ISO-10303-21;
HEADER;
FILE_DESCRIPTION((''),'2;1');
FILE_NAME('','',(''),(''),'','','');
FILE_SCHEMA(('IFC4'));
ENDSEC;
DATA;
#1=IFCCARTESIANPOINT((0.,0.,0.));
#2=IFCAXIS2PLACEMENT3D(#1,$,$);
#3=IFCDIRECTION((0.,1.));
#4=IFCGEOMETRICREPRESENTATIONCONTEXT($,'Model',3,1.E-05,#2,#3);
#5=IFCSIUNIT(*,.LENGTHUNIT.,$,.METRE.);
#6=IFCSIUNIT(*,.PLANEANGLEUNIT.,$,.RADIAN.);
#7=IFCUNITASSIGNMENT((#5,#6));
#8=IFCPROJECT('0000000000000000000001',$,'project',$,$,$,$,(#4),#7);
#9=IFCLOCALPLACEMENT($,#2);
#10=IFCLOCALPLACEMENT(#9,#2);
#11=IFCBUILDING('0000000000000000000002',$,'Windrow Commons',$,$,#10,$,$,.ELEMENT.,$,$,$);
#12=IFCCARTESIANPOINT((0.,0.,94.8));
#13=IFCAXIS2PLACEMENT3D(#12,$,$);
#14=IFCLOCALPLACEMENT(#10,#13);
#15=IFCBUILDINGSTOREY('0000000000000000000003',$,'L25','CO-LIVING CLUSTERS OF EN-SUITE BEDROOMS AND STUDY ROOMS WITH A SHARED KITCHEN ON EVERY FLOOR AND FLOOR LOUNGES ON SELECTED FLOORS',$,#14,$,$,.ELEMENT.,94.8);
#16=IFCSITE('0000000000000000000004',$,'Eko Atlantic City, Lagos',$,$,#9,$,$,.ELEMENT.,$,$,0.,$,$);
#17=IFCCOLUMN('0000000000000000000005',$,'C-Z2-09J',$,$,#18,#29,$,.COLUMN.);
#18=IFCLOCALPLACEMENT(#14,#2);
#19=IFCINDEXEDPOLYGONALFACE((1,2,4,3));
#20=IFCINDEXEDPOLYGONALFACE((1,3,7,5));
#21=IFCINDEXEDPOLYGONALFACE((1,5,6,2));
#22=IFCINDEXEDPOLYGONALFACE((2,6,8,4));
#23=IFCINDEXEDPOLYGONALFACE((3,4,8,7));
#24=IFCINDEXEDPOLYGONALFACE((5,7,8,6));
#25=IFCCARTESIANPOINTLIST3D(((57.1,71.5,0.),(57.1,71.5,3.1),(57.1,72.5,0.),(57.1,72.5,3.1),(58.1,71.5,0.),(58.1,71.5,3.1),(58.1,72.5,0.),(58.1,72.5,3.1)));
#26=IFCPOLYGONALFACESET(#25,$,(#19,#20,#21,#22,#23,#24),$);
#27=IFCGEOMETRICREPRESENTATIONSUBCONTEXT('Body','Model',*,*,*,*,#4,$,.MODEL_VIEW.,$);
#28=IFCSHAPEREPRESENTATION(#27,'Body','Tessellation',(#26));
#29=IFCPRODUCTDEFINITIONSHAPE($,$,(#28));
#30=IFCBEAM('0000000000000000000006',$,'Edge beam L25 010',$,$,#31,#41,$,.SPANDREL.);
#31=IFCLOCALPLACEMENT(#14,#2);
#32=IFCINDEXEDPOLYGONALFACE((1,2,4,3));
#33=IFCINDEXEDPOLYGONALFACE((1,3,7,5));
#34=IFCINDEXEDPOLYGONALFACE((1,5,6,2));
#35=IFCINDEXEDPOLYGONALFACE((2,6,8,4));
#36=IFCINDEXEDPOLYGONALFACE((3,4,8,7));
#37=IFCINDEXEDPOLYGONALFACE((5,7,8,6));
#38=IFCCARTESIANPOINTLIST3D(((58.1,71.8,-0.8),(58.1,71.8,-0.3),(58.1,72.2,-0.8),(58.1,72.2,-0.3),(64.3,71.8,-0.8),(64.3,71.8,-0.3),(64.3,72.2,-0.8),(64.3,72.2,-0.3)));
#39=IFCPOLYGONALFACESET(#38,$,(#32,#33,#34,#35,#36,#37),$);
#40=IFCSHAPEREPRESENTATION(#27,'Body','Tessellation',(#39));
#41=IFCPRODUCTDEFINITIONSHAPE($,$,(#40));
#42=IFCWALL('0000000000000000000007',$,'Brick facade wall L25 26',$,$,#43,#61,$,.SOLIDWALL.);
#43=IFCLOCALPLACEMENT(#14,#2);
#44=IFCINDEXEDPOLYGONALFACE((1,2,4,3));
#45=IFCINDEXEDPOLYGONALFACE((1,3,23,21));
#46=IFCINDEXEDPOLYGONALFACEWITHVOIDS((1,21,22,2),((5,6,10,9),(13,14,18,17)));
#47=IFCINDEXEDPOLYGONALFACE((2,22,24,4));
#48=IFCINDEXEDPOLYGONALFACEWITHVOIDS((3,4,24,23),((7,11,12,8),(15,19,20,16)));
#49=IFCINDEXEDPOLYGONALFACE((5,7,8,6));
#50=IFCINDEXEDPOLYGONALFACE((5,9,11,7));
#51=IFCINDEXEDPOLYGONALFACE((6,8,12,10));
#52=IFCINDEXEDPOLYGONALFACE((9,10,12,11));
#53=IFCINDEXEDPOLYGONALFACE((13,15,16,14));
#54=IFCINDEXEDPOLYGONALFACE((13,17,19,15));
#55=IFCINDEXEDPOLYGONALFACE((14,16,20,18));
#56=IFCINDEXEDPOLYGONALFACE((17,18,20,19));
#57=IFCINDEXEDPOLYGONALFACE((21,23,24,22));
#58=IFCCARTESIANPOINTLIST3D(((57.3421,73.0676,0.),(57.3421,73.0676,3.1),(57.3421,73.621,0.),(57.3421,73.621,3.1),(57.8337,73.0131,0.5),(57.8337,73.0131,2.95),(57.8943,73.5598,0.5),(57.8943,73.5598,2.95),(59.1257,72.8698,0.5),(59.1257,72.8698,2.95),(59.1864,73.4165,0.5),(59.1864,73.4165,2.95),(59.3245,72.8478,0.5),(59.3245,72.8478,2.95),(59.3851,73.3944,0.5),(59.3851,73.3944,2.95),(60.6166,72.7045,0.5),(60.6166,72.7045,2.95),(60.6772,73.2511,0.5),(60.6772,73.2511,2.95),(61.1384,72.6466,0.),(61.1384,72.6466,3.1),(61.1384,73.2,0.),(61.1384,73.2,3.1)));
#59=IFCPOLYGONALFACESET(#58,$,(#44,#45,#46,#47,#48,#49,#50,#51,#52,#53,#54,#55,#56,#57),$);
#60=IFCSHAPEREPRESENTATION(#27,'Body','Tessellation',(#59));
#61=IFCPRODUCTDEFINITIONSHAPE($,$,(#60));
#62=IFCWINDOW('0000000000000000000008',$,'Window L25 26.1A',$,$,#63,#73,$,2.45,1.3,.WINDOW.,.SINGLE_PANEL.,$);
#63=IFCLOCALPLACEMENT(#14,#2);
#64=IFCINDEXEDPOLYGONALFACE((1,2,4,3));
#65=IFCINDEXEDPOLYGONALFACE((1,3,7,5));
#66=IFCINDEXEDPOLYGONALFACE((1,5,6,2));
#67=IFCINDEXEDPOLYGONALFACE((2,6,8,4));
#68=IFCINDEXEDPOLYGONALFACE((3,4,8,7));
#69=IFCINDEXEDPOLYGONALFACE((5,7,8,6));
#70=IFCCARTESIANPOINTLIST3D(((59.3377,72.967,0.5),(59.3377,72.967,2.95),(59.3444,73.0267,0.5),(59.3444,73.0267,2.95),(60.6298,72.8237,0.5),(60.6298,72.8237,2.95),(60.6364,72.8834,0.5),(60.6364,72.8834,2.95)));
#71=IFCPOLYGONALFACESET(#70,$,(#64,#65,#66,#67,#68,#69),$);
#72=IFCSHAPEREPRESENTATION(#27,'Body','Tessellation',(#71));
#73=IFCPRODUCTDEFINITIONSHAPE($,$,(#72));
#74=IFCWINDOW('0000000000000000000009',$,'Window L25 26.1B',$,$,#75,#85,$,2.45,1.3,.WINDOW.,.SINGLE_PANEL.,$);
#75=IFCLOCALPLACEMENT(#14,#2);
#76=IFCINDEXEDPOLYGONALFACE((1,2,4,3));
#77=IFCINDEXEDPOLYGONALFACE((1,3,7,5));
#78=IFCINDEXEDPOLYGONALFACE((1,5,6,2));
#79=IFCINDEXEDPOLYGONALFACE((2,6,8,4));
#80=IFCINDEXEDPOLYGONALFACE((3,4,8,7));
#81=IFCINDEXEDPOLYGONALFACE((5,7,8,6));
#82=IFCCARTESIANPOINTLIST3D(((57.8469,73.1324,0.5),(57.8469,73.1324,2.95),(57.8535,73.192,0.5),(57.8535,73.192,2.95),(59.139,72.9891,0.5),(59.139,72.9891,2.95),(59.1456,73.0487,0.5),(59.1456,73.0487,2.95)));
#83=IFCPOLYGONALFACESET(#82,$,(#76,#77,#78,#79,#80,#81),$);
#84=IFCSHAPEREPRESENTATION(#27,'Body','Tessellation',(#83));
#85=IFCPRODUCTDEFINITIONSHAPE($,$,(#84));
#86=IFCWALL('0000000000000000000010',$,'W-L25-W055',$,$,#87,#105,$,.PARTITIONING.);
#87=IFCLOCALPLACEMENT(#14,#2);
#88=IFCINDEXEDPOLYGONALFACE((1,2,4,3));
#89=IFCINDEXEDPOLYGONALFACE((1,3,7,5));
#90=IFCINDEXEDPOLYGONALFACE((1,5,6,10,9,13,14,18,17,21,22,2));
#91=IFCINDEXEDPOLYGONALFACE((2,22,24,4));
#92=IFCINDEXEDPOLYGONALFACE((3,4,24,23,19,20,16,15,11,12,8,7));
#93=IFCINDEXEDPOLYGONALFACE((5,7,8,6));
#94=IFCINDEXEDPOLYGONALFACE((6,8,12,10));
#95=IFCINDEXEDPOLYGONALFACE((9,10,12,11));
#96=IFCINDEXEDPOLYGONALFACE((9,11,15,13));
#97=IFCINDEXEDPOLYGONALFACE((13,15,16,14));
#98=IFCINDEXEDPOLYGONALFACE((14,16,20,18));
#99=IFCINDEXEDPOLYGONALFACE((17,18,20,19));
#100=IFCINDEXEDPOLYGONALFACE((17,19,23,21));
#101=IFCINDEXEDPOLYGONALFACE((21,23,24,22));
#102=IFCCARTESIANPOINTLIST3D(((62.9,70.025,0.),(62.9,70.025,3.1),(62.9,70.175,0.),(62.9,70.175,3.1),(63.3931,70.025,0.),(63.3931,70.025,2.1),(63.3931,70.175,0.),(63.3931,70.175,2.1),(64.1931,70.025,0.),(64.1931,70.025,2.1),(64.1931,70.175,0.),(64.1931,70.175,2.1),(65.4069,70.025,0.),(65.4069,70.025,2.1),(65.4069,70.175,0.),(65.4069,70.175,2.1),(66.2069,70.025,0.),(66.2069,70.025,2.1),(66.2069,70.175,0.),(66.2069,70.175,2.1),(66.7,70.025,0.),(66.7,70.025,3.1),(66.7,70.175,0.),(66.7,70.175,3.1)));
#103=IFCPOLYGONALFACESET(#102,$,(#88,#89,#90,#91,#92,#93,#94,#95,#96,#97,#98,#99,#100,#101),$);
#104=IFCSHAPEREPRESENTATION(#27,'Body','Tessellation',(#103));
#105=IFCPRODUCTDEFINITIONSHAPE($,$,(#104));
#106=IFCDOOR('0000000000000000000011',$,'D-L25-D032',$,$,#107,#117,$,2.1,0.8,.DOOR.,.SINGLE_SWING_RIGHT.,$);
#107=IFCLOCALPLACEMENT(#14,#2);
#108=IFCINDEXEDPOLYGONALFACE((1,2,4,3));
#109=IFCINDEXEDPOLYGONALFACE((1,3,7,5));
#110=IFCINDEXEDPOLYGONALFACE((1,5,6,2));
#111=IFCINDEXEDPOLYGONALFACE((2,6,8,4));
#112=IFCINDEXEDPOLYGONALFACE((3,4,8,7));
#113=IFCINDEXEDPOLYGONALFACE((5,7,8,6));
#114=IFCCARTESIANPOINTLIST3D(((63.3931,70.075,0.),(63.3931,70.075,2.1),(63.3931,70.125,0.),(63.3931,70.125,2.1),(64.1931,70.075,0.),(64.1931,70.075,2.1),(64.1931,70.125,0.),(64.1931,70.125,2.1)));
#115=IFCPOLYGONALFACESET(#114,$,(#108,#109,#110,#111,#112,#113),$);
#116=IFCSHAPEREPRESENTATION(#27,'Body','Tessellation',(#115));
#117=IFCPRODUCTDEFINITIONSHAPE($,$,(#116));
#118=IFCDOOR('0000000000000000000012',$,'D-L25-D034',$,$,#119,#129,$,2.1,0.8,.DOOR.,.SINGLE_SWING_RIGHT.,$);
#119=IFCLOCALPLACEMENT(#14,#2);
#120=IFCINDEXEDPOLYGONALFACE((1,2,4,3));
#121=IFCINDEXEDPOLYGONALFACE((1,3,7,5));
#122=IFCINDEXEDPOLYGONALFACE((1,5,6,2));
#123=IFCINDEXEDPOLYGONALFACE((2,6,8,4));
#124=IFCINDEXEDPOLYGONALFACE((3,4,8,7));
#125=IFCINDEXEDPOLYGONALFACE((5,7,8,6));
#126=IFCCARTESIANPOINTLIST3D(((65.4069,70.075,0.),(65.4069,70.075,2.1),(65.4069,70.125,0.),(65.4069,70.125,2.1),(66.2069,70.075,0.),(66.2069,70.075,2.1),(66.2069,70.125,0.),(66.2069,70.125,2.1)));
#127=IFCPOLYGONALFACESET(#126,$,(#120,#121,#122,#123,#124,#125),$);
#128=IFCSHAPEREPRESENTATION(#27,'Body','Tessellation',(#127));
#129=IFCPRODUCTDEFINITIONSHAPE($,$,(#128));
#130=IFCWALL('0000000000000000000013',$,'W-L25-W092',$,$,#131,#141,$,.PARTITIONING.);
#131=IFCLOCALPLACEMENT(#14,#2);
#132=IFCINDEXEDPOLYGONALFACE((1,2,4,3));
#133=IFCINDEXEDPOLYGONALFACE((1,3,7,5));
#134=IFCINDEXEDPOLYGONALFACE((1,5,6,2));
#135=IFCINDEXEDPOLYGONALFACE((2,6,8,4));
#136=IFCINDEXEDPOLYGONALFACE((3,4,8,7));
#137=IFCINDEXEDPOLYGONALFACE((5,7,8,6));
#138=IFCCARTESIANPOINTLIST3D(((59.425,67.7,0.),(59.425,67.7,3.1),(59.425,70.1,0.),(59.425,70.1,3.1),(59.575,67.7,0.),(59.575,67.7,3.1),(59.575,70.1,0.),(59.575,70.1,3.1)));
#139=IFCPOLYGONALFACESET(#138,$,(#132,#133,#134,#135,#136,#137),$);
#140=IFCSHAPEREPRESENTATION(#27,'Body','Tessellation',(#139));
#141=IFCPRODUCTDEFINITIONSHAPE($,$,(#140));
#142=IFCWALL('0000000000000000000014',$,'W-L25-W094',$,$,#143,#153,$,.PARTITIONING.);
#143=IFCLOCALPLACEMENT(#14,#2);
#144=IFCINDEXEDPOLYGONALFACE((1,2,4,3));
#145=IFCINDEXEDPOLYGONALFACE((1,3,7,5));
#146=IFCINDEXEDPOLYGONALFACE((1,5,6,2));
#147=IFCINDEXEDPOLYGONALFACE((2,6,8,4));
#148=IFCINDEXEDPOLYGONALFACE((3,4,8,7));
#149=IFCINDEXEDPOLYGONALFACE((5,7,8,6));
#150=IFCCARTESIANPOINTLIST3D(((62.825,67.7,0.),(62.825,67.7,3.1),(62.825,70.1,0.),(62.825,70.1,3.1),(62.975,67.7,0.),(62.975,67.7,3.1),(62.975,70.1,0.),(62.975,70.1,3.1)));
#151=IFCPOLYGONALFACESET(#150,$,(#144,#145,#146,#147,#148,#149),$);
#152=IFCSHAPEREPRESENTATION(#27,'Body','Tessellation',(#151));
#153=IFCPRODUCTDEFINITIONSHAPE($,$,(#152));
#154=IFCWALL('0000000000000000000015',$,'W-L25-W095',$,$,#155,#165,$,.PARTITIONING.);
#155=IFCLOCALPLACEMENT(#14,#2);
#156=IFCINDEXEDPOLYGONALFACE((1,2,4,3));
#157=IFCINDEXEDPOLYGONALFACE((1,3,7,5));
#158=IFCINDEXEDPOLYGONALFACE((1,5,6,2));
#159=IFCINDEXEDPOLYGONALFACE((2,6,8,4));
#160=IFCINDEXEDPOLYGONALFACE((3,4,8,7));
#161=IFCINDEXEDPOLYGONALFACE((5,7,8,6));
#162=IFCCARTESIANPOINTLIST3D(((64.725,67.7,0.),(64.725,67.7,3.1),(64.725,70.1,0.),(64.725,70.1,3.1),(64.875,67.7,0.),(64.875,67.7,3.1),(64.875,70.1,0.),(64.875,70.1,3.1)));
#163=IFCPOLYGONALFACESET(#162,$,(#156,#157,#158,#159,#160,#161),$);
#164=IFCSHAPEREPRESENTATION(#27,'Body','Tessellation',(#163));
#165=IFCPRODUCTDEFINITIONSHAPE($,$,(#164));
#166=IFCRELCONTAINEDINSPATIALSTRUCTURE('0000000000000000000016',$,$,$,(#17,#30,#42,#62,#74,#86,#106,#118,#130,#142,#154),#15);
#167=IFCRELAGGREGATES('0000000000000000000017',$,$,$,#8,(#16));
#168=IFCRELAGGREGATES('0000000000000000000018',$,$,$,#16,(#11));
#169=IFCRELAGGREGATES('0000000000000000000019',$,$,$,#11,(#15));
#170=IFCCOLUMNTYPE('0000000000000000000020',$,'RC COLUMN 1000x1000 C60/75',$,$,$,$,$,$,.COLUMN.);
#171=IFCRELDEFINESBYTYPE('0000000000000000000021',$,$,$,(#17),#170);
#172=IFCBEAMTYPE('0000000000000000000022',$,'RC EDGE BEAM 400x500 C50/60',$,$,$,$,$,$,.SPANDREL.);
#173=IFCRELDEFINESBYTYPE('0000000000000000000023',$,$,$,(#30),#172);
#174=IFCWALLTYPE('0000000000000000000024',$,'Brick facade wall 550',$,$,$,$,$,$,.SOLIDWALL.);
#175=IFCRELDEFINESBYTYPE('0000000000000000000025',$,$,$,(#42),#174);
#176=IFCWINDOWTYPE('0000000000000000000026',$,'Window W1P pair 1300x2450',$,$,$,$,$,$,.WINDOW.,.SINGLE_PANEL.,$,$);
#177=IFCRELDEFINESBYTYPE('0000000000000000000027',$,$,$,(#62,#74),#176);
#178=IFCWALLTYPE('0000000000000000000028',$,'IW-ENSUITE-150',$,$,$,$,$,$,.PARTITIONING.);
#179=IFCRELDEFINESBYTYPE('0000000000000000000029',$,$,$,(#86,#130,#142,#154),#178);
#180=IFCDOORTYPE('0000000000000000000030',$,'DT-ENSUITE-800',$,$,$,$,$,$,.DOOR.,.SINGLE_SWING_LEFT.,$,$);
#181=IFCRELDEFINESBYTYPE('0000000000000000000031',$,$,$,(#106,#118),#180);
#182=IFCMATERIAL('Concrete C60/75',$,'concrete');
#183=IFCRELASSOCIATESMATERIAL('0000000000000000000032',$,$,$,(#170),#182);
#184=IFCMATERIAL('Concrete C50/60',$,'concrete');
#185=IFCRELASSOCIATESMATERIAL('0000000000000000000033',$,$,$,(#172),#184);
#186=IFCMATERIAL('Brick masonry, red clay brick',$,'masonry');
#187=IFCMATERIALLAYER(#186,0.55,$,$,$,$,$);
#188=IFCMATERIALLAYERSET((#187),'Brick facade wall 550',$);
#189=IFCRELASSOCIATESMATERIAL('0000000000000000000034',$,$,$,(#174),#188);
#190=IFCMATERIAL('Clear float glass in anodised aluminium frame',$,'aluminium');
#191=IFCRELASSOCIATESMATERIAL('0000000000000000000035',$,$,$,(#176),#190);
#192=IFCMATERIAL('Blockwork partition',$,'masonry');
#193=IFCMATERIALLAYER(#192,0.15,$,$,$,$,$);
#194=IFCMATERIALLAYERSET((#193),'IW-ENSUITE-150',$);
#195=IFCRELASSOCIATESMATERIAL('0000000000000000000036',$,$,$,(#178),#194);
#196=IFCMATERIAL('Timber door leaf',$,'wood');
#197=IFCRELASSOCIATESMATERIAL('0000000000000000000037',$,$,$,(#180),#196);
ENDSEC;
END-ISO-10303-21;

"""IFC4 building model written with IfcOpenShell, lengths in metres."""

from ifc_helpers import new_model, si_unit, direction, frame, frame_2d, origin, origin_2d, place, context, subcontext, project, spatial, polyline, rectangle, outline, extrude, material, layer, layer_set, material_profile, profile_set, type_object, element, fill, save


model = new_model("IFC4")

# Units and contexts
model_context = context("Model", 3, precision=1e-05, world=origin(), true_north=direction((0.0, 1.0)))
body_context = subcontext(model_context, "Body", "Model", "MODEL_VIEW")
ifc_project = project(units=[si_unit("LENGTHUNIT", "METRE"), si_unit("PLANEANGLEUNIT", "RADIAN")], contexts=[model_context])

# Site, building, storey
site_placement = place(None, origin())
site = spatial("IfcSite", under=ifc_project, at=site_placement, Name="Eko Atlantic City, Lagos", CompositionType="ELEMENT", RefElevation=0.0)
building_placement = place(site_placement, origin())
building = spatial("IfcBuilding", under=site, at=building_placement, Name="Windrow Commons", CompositionType="ELEMENT")
storey_placement = place(building_placement, frame((0.0, 0.0, 94.8)))
storey = spatial("IfcBuildingStorey", under=building, at=storey_placement, Name="L25", Description="CO-LIVING CLUSTERS OF EN-SUITE BEDROOMS AND STUDY ROOMS WITH A SHARED KITCHEN ON EVERY FLOOR AND FLOOR LOUNGES ON SELECTED FLOORS", CompositionType="ELEMENT", Elevation=94.8)

# Column
ifc_material_1 = material(Name="Concrete C60/75", Category="concrete")
ifc_material_profile_1 = material_profile(ifc_material_1, rectangle(XDim=1.0, YDim=1.0, at=origin_2d()))
ifc_profile_set_1 = profile_set([ifc_material_profile_1], Name="Concrete C60/75")
column_type = type_object("IfcColumnType", Name="RC COLUMN 1000x1000 C60/75", PredefinedType="COLUMN", material=ifc_profile_set_1)
column_placement = place(storey_placement, frame((57.6, 72.0, 0.0), z_axis=(0.0, 0.0, 1.0), x_axis=(1.0, 0.0, 0.0)))
element("IfcColumn", 1, at=column_placement, inside=storey, type_object=column_type, Name="C-Z2-09J", PredefinedType="COLUMN", context=body_context, shape_type="SweptSolid", body=[
    extrude(rectangle(XDim=1.0, YDim=1.0, at=origin_2d()), origin(), (0.0, 0.0, 1.0), 3.1),
])

# Beam
ifc_material_2 = material(Name="Concrete C50/60", Category="concrete")
ifc_material_profile_2 = material_profile(ifc_material_2, rectangle(XDim=0.4, YDim=0.5, at=origin_2d()))
ifc_profile_set_2 = profile_set([ifc_material_profile_2], Name="Concrete C50/60")
beam_type = type_object("IfcBeamType", Name="RC EDGE BEAM 400x500 C50/60", PredefinedType="SPANDREL", material=ifc_profile_set_2)
beam_placement = place(storey_placement, frame((58.1, 72.0, -0.55), z_axis=(1.0, 0.0, 0.0), x_axis=(0.0, 1.0, 0.0)))
element("IfcBeam", 2, at=beam_placement, inside=storey, type_object=beam_type, Name="Edge beam L25 010", PredefinedType="SPANDREL", context=body_context, shape_type="SweptSolid", body=[
    extrude(rectangle(XDim=0.4, YDim=0.5, at=origin_2d()), origin(), (0.0, 0.0, 1.0), 6.2),
])

# Wall, openings, windows
ifc_material_3 = material(Name="Brick masonry, red clay brick", Category="masonry")
ifc_layer_1 = layer(ifc_material_3, 0.55)
ifc_layer_set_1 = layer_set([ifc_layer_1], Name="Brick facade wall 550")
wall_type_1 = type_object("IfcWallType", Name="Brick facade wall 550", PredefinedType="SOLIDWALL", material=ifc_layer_set_1)
wall_1_placement = place(storey_placement, frame((61.1384, 72.9233, 0.0), z_axis=(0.0, 0.0, 1.0), x_axis=(-0.993907, 0.110222, 0.0)))
wall_1 = element("IfcWall", 3, at=wall_1_placement, inside=storey, type_object=wall_type_1, Name="Brick facade wall L25 26", PredefinedType="SOLIDWALL", context=body_context, shape_type="SweptSolid", body=[
    extrude(outline(polyline([(0.0305, -0.275), (3.8501, -0.275), (3.7891, 0.275), (-0.0305, 0.275), (0.0305, -0.275)])), origin(), (0.0, 0.0, 1.0), 3.1),
])
opening_1_placement = place(wall_1_placement, frame((0.4945, 0.0, 0.5)))
opening_1 = element("IfcOpeningElement", 4, at=opening_1_placement, cuts=wall_1, PredefinedType="OPENING", context=body_context, shape_type="SweptSolid", body=[
    extrude(rectangle(XDim=1.3, YDim=2.45, at=frame_2d((0.65, 1.225))), frame((0.0, 0.285, 0.0), z_axis=(0.0, -1.0, 0.0), x_axis=(1.0, 0.0, 0.0)), (0.0, 0.0, 1.0), 0.57),
])
opening_2_placement = place(wall_1_placement, frame((1.9945, 0.0, 0.5)))
opening_2 = element("IfcOpeningElement", 5, at=opening_2_placement, cuts=wall_1, PredefinedType="OPENING", context=body_context, shape_type="SweptSolid", body=[
    extrude(rectangle(XDim=1.3, YDim=2.45, at=frame_2d((0.65, 1.225))), frame((0.0, 0.285, 0.0), z_axis=(0.0, -1.0, 0.0), x_axis=(1.0, 0.0, 0.0)), (0.0, 0.0, 1.0), 0.57),
])
ifc_material_4 = material(Name="Clear float glass in anodised aluminium frame", Category="aluminium")
window_type = type_object("IfcWindowType", Name="Window W1P pair 1300x2450", PartitioningType="SINGLE_PANEL", PredefinedType="WINDOW", material=ifc_material_4)
window_1_placement = place(opening_1_placement, origin())
window_1 = element("IfcWindow", 6, at=window_1_placement, inside=storey, type_object=window_type, Name="Window L25 26.1A", OverallHeight=2.45, OverallWidth=1.3, PartitioningType="SINGLE_PANEL", PredefinedType="WINDOW", context=body_context, shape_type="SweptSolid", body=[
    extrude(rectangle(XDim=1.3, YDim=2.45, at=frame_2d((0.65, 1.225))), frame((0.0, 0.155, 0.0), z_axis=(0.0, -1.0, 0.0), x_axis=(1.0, 0.0, 0.0)), (0.0, 0.0, 1.0), 0.06),
])
fill(opening_1, window_1)
window_2_placement = place(opening_2_placement, origin())
window_2 = element("IfcWindow", 7, at=window_2_placement, inside=storey, type_object=window_type, Name="Window L25 26.1B", OverallHeight=2.45, OverallWidth=1.3, PartitioningType="SINGLE_PANEL", PredefinedType="WINDOW", context=body_context, shape_type="SweptSolid", body=[
    extrude(rectangle(XDim=1.3, YDim=2.45, at=frame_2d((0.65, 1.225))), frame((0.0, 0.155, 0.0), z_axis=(0.0, -1.0, 0.0), x_axis=(1.0, 0.0, 0.0)), (0.0, 0.0, 1.0), 0.06),
])
fill(opening_2, window_2)

# Wall, openings, doors
ifc_material_5 = material(Name="Blockwork partition", Category="masonry")
ifc_layer_2 = layer(ifc_material_5, 0.15)
ifc_layer_set_2 = layer_set([ifc_layer_2], Name="IW-ENSUITE-150")
wall_type_2 = type_object("IfcWallType", Name="IW-ENSUITE-150", PredefinedType="PARTITIONING", material=ifc_layer_set_2)
wall_2_placement = place(storey_placement, frame((62.9, 70.1, 0.0), z_axis=(0.0, 0.0, 1.0), x_axis=(1.0, 0.0, 0.0)))
wall_2 = element("IfcWall", 8, at=wall_2_placement, inside=storey, type_object=wall_type_2, Name="W-L25-W055", PredefinedType="PARTITIONING", context=body_context, shape_type="SweptSolid", body=[
    extrude(rectangle(XDim=3.8, YDim=0.15, at=frame_2d((1.9, 0.0))), origin(), (0.0, 0.0, 1.0), 3.1),
])
opening_3_placement = place(wall_2_placement, frame((0.4931, 0.0, 0.0)))
opening_3 = element("IfcOpeningElement", 9, at=opening_3_placement, cuts=wall_2, PredefinedType="OPENING", context=body_context, shape_type="SweptSolid", body=[
    extrude(rectangle(XDim=0.8, YDim=2.1, at=frame_2d((0.4, 1.05))), frame((0.0, 0.085, 0.0), z_axis=(0.0, -1.0, 0.0), x_axis=(1.0, 0.0, 0.0)), (0.0, 0.0, 1.0), 0.17),
])
opening_4_placement = place(wall_2_placement, frame((2.5069, 0.0, 0.0)))
opening_4 = element("IfcOpeningElement", 10, at=opening_4_placement, cuts=wall_2, PredefinedType="OPENING", context=body_context, shape_type="SweptSolid", body=[
    extrude(rectangle(XDim=0.8, YDim=2.1, at=frame_2d((0.4, 1.05))), frame((0.0, 0.085, 0.0), z_axis=(0.0, -1.0, 0.0), x_axis=(1.0, 0.0, 0.0)), (0.0, 0.0, 1.0), 0.17),
])
ifc_material_6 = material(Name="Timber door leaf", Category="wood")
door_type = type_object("IfcDoorType", Name="DT-ENSUITE-800", OperationType="SINGLE_SWING_LEFT", PredefinedType="DOOR", material=ifc_material_6)
door_1_placement = place(opening_3_placement, origin())
door_1 = element("IfcDoor", 11, at=door_1_placement, inside=storey, type_object=door_type, Name="D-L25-D032", OperationType="SINGLE_SWING_RIGHT", OverallHeight=2.1, OverallWidth=0.8, PredefinedType="DOOR", context=body_context, shape_type="SweptSolid", body=[
    extrude(rectangle(XDim=0.8, YDim=2.1, at=frame_2d((0.4, 1.05))), frame((0.0, 0.025, 0.0), z_axis=(0.0, -1.0, 0.0), x_axis=(1.0, 0.0, 0.0)), (0.0, 0.0, 1.0), 0.05),
])
fill(opening_3, door_1)
door_2_placement = place(opening_4_placement, origin())
door_2 = element("IfcDoor", 12, at=door_2_placement, inside=storey, type_object=door_type, Name="D-L25-D034", OperationType="SINGLE_SWING_RIGHT", OverallHeight=2.1, OverallWidth=0.8, PredefinedType="DOOR", context=body_context, shape_type="SweptSolid", body=[
    extrude(rectangle(XDim=0.8, YDim=2.1, at=frame_2d((0.4, 1.05))), frame((0.0, 0.025, 0.0), z_axis=(0.0, -1.0, 0.0), x_axis=(1.0, 0.0, 0.0)), (0.0, 0.0, 1.0), 0.05),
])
fill(opening_4, door_2)

# Walls
for number, where, z_axis, x_axis, name in (
    (13, (59.5, 67.7, 0.0), (0.0, 0.0, 1.0), (0.0, 1.0, 0.0), "W-L25-W092"),
    (14, (62.9, 67.7, 0.0), (0.0, 0.0, 1.0), (0.0, 1.0, 0.0), "W-L25-W094"),
    (15, (64.8, 67.7, 0.0), (0.0, 0.0, 1.0), (0.0, 1.0, 0.0), "W-L25-W095"),
):
    element("IfcWall", number, at=place(storey_placement, frame(where, z_axis=z_axis, x_axis=x_axis)), inside=storey, type_object=wall_type_2, Name=name, PredefinedType="PARTITIONING", context=body_context, shape_type="SweptSolid", body=[
        extrude(rectangle(XDim=2.4, YDim=0.15, at=frame_2d((1.2, 0.0))), origin(), (0.0, 0.0, 1.0), 3.1),
    ])

save(model, "model.ifc")
